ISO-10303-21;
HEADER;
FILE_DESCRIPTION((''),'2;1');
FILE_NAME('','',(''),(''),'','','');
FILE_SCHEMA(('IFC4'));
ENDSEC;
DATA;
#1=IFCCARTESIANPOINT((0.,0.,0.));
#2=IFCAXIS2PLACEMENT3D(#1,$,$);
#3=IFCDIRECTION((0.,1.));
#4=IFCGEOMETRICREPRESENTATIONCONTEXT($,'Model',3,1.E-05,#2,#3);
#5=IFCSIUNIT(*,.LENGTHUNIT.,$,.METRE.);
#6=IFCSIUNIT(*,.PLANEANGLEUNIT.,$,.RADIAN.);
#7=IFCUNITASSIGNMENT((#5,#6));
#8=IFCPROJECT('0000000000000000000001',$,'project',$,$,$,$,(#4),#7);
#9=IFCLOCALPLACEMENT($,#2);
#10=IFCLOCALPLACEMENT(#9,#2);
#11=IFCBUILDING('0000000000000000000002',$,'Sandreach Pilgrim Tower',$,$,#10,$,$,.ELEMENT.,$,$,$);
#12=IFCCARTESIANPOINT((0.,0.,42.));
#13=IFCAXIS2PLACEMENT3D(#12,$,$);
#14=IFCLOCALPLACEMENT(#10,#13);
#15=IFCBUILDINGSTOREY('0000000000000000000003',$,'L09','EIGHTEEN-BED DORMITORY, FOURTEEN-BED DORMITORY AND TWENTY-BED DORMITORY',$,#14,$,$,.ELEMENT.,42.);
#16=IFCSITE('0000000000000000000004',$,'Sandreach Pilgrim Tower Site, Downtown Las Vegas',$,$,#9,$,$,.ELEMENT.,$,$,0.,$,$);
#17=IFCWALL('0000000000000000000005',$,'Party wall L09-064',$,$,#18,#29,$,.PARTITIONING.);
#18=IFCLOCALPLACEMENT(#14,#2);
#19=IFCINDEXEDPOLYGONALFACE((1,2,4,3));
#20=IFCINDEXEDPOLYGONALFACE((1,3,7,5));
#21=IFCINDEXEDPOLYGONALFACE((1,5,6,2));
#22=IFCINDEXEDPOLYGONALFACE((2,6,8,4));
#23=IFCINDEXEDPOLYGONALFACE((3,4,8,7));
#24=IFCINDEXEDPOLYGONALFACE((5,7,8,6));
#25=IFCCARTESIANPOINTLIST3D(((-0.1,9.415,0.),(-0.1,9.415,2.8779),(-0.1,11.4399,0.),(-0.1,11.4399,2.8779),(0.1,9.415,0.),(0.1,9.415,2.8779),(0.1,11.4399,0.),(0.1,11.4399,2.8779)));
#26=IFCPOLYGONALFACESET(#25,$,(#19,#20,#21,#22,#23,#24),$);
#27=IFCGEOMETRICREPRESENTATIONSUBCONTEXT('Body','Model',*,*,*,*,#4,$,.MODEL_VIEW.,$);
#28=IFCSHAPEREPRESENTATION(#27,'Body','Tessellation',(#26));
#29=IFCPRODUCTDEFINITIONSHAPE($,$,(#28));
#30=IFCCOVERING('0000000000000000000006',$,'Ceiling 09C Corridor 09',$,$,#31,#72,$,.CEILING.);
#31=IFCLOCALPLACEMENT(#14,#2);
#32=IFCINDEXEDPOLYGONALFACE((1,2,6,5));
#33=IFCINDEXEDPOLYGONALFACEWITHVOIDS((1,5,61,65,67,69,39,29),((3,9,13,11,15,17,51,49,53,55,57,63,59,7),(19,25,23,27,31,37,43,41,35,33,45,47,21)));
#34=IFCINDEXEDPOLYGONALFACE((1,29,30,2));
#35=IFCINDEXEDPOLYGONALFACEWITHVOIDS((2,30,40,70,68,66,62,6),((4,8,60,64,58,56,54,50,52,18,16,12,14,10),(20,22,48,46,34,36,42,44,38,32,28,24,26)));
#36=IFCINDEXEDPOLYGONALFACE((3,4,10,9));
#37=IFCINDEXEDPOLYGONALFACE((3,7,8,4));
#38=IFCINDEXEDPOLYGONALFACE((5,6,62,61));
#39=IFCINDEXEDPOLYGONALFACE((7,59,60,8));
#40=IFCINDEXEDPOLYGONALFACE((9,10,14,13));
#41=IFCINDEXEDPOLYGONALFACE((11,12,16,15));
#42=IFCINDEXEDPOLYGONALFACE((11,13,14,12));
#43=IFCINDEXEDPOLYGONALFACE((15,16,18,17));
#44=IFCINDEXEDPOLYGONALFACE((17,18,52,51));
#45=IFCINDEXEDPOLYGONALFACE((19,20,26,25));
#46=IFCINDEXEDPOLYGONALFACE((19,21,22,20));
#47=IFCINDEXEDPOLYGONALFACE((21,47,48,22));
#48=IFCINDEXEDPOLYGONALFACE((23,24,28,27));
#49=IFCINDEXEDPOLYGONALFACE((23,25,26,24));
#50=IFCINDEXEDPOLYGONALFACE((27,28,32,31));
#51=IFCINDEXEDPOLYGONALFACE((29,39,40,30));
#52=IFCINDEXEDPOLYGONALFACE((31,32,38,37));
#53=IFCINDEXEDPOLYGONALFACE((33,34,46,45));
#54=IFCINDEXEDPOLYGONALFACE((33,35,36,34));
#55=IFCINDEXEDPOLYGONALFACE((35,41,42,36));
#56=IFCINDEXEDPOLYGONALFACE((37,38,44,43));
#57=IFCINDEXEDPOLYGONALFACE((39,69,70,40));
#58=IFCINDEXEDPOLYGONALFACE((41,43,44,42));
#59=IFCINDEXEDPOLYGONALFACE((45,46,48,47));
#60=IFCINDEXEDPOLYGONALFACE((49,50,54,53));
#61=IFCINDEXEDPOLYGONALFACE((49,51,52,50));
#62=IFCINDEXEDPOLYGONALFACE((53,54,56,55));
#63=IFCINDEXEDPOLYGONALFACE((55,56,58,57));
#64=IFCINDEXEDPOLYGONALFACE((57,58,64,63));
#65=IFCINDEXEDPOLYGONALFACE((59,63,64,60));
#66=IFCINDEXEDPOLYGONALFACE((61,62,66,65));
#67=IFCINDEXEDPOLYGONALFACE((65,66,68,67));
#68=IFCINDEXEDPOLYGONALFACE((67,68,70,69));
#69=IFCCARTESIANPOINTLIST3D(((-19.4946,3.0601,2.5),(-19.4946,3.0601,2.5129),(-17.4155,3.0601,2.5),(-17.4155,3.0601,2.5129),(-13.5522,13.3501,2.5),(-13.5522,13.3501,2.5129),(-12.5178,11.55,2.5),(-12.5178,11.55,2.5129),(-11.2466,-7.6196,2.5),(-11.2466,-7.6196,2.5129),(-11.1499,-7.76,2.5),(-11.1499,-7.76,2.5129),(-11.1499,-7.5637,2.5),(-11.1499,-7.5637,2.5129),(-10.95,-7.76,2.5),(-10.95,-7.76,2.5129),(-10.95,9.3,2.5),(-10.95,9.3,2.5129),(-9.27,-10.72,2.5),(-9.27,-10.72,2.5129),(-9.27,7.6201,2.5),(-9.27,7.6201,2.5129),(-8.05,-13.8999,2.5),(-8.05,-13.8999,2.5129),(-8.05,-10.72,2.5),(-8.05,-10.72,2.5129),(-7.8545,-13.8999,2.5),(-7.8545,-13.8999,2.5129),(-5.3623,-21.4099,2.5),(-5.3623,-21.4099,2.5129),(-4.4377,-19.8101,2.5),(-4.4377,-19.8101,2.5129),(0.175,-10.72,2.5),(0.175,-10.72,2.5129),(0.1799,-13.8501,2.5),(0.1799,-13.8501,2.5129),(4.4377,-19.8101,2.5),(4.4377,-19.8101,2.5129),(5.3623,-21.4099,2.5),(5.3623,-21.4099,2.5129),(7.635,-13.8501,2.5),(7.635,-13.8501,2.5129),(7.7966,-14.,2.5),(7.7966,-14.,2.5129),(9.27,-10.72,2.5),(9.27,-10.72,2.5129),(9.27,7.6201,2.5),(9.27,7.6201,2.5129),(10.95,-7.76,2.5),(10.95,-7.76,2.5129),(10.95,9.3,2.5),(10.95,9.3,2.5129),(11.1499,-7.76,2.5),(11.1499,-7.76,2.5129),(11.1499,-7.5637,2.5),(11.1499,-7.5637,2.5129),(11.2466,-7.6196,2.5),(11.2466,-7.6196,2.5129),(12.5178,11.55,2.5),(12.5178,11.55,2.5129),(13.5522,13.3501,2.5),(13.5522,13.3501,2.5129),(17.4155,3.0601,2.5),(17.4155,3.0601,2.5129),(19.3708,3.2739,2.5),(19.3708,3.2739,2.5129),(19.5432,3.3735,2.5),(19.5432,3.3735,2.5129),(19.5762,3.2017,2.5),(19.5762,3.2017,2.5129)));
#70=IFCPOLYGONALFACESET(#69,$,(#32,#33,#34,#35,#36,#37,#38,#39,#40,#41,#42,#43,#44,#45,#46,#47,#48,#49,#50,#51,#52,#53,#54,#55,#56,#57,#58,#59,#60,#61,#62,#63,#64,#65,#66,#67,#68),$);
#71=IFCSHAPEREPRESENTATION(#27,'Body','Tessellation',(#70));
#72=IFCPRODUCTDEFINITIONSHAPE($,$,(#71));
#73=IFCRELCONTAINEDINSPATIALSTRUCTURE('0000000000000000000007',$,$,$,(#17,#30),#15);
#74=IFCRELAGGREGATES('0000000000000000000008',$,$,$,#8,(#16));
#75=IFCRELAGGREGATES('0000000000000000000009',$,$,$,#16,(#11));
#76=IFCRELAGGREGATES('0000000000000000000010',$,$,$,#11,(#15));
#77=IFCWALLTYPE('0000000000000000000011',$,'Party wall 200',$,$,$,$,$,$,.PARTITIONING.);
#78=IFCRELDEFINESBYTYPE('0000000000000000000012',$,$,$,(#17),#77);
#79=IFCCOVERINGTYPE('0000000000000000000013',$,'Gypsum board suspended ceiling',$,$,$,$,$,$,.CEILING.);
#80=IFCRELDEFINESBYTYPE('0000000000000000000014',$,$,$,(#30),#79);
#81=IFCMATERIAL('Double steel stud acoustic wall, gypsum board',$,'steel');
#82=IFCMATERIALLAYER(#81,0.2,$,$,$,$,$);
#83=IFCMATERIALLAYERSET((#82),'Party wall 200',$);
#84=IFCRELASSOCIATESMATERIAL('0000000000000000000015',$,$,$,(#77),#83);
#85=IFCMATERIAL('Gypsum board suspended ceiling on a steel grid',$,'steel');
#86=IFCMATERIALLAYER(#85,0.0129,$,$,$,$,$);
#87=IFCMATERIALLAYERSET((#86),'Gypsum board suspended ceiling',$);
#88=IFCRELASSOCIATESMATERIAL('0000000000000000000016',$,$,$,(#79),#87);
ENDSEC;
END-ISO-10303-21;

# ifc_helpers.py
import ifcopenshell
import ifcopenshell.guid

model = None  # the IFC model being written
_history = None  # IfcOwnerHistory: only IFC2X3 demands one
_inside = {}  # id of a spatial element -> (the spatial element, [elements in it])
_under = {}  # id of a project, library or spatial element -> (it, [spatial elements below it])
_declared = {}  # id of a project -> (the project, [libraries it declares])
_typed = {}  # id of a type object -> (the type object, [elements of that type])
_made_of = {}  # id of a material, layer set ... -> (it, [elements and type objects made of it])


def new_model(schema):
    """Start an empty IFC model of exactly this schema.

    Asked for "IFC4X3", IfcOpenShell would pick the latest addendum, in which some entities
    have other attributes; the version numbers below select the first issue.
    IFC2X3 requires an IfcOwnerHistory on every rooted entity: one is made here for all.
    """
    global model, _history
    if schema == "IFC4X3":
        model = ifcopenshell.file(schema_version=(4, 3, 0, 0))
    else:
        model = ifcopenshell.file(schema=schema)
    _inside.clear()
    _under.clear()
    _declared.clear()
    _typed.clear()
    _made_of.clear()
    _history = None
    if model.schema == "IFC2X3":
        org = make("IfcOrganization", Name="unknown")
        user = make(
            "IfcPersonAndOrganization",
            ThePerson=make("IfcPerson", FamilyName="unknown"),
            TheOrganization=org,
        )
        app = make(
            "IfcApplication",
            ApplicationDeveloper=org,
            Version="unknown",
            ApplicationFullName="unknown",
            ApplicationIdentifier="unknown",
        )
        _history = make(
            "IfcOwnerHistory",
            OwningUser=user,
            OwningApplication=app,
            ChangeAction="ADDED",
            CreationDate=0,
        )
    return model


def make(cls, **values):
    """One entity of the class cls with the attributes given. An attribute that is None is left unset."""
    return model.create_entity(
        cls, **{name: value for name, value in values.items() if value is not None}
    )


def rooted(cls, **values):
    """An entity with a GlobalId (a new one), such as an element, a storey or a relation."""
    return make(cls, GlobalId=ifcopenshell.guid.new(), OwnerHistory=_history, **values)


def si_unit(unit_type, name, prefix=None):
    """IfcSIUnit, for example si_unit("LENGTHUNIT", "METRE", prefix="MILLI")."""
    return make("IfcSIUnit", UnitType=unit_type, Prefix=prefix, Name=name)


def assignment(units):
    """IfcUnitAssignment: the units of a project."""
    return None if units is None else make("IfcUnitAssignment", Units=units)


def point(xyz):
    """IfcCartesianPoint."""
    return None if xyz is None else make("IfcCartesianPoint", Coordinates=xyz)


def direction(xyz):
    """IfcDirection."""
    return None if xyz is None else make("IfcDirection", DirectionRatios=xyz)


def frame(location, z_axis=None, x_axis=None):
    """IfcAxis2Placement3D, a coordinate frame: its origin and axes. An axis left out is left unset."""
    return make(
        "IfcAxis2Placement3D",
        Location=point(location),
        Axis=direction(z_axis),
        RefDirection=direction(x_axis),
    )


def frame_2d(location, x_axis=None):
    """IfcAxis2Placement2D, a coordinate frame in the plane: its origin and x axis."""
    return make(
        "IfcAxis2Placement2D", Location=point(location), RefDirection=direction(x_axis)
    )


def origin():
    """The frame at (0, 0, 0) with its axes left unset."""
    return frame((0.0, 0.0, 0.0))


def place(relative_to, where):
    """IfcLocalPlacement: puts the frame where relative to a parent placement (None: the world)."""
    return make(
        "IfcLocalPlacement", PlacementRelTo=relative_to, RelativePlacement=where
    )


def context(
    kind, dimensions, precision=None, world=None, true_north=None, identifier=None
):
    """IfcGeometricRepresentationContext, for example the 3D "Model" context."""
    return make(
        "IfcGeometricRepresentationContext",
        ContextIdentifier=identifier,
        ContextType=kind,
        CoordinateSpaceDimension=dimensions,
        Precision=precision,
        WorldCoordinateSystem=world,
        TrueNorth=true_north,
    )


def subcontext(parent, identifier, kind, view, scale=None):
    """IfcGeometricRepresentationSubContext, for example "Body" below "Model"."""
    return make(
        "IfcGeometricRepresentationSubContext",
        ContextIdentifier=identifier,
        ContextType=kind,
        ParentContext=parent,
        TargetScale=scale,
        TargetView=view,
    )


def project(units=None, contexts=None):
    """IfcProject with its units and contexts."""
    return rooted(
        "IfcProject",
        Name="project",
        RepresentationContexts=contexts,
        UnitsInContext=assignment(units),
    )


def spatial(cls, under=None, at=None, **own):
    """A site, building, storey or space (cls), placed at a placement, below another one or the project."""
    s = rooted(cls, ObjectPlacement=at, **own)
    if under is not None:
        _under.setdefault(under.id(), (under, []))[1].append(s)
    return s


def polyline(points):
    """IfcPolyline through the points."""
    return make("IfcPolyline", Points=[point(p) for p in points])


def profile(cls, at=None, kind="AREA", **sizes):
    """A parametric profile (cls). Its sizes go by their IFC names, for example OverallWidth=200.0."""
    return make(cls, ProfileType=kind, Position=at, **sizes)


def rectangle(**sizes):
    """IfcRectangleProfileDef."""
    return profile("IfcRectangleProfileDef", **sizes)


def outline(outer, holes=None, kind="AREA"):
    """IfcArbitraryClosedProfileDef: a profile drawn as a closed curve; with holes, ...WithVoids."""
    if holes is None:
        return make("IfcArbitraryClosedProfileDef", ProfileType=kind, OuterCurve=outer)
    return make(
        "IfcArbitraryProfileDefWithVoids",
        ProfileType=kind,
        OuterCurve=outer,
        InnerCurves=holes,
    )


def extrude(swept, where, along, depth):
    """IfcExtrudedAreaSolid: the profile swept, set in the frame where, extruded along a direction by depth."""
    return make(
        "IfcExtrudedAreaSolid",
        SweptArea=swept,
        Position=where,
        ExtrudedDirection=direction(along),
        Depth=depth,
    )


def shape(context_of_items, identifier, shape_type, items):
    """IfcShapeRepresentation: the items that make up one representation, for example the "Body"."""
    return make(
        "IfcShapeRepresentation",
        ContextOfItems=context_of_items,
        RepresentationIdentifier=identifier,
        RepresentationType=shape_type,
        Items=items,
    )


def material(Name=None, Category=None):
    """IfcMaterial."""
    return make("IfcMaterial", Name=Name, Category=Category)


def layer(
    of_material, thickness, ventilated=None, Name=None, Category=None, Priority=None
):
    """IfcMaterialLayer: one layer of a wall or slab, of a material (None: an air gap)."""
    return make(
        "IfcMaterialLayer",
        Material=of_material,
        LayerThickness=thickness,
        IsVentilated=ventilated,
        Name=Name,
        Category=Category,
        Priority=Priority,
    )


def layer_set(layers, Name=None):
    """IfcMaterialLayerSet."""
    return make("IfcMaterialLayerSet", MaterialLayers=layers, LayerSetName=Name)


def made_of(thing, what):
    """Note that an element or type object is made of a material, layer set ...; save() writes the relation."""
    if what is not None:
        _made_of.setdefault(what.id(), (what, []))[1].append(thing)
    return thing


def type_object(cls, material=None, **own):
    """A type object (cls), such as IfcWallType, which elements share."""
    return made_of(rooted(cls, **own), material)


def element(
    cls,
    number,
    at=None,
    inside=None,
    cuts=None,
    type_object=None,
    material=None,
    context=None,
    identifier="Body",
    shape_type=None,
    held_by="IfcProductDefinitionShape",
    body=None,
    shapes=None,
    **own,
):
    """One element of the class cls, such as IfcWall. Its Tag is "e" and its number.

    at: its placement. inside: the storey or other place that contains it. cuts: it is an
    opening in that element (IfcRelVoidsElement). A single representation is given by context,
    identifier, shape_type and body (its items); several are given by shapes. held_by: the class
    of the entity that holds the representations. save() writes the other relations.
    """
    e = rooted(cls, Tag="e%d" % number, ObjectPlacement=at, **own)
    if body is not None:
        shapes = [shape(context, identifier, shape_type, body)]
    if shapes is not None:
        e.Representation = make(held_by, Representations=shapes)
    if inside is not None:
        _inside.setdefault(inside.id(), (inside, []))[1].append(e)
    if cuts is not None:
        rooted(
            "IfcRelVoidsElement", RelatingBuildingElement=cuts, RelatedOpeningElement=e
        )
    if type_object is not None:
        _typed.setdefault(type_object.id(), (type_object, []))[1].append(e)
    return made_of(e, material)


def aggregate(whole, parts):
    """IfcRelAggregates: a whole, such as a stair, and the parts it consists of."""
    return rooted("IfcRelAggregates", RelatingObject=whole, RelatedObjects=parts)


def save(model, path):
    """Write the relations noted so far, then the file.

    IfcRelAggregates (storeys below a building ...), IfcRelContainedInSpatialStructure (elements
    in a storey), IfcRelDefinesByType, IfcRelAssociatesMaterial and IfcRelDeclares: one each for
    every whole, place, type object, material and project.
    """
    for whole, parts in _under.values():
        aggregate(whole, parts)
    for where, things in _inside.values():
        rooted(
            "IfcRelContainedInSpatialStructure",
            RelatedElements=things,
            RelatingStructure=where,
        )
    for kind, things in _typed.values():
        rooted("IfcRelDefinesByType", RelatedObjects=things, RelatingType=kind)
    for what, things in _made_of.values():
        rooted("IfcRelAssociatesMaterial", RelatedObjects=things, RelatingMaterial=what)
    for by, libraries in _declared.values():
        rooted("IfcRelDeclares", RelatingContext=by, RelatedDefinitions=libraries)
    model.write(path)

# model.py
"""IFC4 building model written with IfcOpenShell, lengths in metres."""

from ifc_helpers import new_model, si_unit, direction, frame, frame_2d, origin, place, context, subcontext, project, spatial, polyline, rectangle, outline, extrude, material, layer, layer_set, type_object, element, save


model = new_model("IFC4")

# Units and contexts
model_context = context("Model", 3, precision=1e-05, world=origin(), true_north=direction((0.0, 1.0)))
body_context = subcontext(model_context, "Body", "Model", "MODEL_VIEW")
ifc_project = project(units=[si_unit("LENGTHUNIT", "METRE"), si_unit("PLANEANGLEUNIT", "RADIAN")], contexts=[model_context])

# Site, building, storey
site_placement = place(None, origin())
site = spatial("IfcSite", under=ifc_project, at=site_placement, Name="Sandreach Pilgrim Tower Site, Downtown Las Vegas", CompositionType="ELEMENT", RefElevation=0.0)
building_placement = place(site_placement, origin())
building = spatial("IfcBuilding", under=site, at=building_placement, Name="Sandreach Pilgrim Tower", CompositionType="ELEMENT")
storey_placement = place(building_placement, frame((0.0, 0.0, 42.0)))
storey = spatial("IfcBuildingStorey", under=building, at=storey_placement, Name="L09", Description="EIGHTEEN-BED DORMITORY, FOURTEEN-BED DORMITORY AND TWENTY-BED DORMITORY", CompositionType="ELEMENT", Elevation=42.0)

# Wall
ifc_material_1 = material(Name="Double steel stud acoustic wall, gypsum board", Category="steel")
ifc_layer_1 = layer(ifc_material_1, 0.2)
ifc_layer_set_1 = layer_set([ifc_layer_1], Name="Party wall 200")
wall_type_1 = type_object("IfcWallType", Name="Party wall 200", PredefinedType="PARTITIONING", material=ifc_layer_set_1)
wall_1_placement = place(storey_placement, frame((0.0, 11.4399, 0.0), z_axis=(0.0, 0.0, 1.0), x_axis=(0.0, -1.0, 0.0)))
element("IfcWall", 1, at=wall_1_placement, inside=storey, type_object=wall_type_1, Name="Party wall L09-064", PredefinedType="PARTITIONING", context=body_context, shape_type="SweptSolid", body=[
    extrude(rectangle(XDim=2.0249, YDim=0.2, at=frame_2d((1.0125, 0.0))), origin(), (0.0, 0.0, 1.0), 2.8779),
])

# Covering
ifc_material_2 = material(Name="Gypsum board suspended ceiling on a steel grid", Category="steel")
ifc_layer_2 = layer(ifc_material_2, 0.0129)
ifc_layer_set_2 = layer_set([ifc_layer_2], Name="Gypsum board suspended ceiling")
covering_type = type_object("IfcCoveringType", Name="Gypsum board suspended ceiling", PredefinedType="CEILING", material=ifc_layer_set_2)
covering_placement = place(storey_placement, frame((0.0, 0.0, 2.5)))
element("IfcCovering", 2, at=covering_placement, inside=storey, type_object=covering_type, Name="Ceiling 09C Corridor 09", PredefinedType="CEILING", context=body_context, shape_type="SweptSolid", body=[
    extrude(outline(polyline([(-19.4946, 3.0601), (-13.5522, 13.3501), (13.5522, 13.3501), (19.3708, 3.2739), (19.5432, 3.3735), (19.5762, 3.2017), (5.3623, -21.4099), (-5.3623, -21.4099), (-19.4946, 3.0601)]), holes=[polyline([(-17.4155, 3.0601), (-11.2466, -7.6196), (-11.1499, -7.5637), (-11.1499, -7.76), (-10.95, -7.76), (-10.95, 9.3), (10.95, 9.3), (10.95, -7.76), (11.1499, -7.76), (11.1499, -7.5637), (11.2466, -7.6196), (17.4155, 3.0601), (12.5178, 11.55), (-12.5178, 11.55), (-17.4155, 3.0601)]), polyline([(-8.05, -10.72), (-8.05, -13.8999), (-7.8545, -13.8999), (-4.4377, -19.8101), (4.4377, -19.8101), (7.7966, -14.0), (7.635, -13.8501), (0.1799, -13.8501), (0.175, -10.72), (9.27, -10.72), (9.27, 7.6201), (-9.27, 7.6201), (-9.27, -10.72), (-8.05, -10.72)])]), origin(), (0.0, 0.0, 1.0), 0.0129),
])

save(model, "model.ifc")
